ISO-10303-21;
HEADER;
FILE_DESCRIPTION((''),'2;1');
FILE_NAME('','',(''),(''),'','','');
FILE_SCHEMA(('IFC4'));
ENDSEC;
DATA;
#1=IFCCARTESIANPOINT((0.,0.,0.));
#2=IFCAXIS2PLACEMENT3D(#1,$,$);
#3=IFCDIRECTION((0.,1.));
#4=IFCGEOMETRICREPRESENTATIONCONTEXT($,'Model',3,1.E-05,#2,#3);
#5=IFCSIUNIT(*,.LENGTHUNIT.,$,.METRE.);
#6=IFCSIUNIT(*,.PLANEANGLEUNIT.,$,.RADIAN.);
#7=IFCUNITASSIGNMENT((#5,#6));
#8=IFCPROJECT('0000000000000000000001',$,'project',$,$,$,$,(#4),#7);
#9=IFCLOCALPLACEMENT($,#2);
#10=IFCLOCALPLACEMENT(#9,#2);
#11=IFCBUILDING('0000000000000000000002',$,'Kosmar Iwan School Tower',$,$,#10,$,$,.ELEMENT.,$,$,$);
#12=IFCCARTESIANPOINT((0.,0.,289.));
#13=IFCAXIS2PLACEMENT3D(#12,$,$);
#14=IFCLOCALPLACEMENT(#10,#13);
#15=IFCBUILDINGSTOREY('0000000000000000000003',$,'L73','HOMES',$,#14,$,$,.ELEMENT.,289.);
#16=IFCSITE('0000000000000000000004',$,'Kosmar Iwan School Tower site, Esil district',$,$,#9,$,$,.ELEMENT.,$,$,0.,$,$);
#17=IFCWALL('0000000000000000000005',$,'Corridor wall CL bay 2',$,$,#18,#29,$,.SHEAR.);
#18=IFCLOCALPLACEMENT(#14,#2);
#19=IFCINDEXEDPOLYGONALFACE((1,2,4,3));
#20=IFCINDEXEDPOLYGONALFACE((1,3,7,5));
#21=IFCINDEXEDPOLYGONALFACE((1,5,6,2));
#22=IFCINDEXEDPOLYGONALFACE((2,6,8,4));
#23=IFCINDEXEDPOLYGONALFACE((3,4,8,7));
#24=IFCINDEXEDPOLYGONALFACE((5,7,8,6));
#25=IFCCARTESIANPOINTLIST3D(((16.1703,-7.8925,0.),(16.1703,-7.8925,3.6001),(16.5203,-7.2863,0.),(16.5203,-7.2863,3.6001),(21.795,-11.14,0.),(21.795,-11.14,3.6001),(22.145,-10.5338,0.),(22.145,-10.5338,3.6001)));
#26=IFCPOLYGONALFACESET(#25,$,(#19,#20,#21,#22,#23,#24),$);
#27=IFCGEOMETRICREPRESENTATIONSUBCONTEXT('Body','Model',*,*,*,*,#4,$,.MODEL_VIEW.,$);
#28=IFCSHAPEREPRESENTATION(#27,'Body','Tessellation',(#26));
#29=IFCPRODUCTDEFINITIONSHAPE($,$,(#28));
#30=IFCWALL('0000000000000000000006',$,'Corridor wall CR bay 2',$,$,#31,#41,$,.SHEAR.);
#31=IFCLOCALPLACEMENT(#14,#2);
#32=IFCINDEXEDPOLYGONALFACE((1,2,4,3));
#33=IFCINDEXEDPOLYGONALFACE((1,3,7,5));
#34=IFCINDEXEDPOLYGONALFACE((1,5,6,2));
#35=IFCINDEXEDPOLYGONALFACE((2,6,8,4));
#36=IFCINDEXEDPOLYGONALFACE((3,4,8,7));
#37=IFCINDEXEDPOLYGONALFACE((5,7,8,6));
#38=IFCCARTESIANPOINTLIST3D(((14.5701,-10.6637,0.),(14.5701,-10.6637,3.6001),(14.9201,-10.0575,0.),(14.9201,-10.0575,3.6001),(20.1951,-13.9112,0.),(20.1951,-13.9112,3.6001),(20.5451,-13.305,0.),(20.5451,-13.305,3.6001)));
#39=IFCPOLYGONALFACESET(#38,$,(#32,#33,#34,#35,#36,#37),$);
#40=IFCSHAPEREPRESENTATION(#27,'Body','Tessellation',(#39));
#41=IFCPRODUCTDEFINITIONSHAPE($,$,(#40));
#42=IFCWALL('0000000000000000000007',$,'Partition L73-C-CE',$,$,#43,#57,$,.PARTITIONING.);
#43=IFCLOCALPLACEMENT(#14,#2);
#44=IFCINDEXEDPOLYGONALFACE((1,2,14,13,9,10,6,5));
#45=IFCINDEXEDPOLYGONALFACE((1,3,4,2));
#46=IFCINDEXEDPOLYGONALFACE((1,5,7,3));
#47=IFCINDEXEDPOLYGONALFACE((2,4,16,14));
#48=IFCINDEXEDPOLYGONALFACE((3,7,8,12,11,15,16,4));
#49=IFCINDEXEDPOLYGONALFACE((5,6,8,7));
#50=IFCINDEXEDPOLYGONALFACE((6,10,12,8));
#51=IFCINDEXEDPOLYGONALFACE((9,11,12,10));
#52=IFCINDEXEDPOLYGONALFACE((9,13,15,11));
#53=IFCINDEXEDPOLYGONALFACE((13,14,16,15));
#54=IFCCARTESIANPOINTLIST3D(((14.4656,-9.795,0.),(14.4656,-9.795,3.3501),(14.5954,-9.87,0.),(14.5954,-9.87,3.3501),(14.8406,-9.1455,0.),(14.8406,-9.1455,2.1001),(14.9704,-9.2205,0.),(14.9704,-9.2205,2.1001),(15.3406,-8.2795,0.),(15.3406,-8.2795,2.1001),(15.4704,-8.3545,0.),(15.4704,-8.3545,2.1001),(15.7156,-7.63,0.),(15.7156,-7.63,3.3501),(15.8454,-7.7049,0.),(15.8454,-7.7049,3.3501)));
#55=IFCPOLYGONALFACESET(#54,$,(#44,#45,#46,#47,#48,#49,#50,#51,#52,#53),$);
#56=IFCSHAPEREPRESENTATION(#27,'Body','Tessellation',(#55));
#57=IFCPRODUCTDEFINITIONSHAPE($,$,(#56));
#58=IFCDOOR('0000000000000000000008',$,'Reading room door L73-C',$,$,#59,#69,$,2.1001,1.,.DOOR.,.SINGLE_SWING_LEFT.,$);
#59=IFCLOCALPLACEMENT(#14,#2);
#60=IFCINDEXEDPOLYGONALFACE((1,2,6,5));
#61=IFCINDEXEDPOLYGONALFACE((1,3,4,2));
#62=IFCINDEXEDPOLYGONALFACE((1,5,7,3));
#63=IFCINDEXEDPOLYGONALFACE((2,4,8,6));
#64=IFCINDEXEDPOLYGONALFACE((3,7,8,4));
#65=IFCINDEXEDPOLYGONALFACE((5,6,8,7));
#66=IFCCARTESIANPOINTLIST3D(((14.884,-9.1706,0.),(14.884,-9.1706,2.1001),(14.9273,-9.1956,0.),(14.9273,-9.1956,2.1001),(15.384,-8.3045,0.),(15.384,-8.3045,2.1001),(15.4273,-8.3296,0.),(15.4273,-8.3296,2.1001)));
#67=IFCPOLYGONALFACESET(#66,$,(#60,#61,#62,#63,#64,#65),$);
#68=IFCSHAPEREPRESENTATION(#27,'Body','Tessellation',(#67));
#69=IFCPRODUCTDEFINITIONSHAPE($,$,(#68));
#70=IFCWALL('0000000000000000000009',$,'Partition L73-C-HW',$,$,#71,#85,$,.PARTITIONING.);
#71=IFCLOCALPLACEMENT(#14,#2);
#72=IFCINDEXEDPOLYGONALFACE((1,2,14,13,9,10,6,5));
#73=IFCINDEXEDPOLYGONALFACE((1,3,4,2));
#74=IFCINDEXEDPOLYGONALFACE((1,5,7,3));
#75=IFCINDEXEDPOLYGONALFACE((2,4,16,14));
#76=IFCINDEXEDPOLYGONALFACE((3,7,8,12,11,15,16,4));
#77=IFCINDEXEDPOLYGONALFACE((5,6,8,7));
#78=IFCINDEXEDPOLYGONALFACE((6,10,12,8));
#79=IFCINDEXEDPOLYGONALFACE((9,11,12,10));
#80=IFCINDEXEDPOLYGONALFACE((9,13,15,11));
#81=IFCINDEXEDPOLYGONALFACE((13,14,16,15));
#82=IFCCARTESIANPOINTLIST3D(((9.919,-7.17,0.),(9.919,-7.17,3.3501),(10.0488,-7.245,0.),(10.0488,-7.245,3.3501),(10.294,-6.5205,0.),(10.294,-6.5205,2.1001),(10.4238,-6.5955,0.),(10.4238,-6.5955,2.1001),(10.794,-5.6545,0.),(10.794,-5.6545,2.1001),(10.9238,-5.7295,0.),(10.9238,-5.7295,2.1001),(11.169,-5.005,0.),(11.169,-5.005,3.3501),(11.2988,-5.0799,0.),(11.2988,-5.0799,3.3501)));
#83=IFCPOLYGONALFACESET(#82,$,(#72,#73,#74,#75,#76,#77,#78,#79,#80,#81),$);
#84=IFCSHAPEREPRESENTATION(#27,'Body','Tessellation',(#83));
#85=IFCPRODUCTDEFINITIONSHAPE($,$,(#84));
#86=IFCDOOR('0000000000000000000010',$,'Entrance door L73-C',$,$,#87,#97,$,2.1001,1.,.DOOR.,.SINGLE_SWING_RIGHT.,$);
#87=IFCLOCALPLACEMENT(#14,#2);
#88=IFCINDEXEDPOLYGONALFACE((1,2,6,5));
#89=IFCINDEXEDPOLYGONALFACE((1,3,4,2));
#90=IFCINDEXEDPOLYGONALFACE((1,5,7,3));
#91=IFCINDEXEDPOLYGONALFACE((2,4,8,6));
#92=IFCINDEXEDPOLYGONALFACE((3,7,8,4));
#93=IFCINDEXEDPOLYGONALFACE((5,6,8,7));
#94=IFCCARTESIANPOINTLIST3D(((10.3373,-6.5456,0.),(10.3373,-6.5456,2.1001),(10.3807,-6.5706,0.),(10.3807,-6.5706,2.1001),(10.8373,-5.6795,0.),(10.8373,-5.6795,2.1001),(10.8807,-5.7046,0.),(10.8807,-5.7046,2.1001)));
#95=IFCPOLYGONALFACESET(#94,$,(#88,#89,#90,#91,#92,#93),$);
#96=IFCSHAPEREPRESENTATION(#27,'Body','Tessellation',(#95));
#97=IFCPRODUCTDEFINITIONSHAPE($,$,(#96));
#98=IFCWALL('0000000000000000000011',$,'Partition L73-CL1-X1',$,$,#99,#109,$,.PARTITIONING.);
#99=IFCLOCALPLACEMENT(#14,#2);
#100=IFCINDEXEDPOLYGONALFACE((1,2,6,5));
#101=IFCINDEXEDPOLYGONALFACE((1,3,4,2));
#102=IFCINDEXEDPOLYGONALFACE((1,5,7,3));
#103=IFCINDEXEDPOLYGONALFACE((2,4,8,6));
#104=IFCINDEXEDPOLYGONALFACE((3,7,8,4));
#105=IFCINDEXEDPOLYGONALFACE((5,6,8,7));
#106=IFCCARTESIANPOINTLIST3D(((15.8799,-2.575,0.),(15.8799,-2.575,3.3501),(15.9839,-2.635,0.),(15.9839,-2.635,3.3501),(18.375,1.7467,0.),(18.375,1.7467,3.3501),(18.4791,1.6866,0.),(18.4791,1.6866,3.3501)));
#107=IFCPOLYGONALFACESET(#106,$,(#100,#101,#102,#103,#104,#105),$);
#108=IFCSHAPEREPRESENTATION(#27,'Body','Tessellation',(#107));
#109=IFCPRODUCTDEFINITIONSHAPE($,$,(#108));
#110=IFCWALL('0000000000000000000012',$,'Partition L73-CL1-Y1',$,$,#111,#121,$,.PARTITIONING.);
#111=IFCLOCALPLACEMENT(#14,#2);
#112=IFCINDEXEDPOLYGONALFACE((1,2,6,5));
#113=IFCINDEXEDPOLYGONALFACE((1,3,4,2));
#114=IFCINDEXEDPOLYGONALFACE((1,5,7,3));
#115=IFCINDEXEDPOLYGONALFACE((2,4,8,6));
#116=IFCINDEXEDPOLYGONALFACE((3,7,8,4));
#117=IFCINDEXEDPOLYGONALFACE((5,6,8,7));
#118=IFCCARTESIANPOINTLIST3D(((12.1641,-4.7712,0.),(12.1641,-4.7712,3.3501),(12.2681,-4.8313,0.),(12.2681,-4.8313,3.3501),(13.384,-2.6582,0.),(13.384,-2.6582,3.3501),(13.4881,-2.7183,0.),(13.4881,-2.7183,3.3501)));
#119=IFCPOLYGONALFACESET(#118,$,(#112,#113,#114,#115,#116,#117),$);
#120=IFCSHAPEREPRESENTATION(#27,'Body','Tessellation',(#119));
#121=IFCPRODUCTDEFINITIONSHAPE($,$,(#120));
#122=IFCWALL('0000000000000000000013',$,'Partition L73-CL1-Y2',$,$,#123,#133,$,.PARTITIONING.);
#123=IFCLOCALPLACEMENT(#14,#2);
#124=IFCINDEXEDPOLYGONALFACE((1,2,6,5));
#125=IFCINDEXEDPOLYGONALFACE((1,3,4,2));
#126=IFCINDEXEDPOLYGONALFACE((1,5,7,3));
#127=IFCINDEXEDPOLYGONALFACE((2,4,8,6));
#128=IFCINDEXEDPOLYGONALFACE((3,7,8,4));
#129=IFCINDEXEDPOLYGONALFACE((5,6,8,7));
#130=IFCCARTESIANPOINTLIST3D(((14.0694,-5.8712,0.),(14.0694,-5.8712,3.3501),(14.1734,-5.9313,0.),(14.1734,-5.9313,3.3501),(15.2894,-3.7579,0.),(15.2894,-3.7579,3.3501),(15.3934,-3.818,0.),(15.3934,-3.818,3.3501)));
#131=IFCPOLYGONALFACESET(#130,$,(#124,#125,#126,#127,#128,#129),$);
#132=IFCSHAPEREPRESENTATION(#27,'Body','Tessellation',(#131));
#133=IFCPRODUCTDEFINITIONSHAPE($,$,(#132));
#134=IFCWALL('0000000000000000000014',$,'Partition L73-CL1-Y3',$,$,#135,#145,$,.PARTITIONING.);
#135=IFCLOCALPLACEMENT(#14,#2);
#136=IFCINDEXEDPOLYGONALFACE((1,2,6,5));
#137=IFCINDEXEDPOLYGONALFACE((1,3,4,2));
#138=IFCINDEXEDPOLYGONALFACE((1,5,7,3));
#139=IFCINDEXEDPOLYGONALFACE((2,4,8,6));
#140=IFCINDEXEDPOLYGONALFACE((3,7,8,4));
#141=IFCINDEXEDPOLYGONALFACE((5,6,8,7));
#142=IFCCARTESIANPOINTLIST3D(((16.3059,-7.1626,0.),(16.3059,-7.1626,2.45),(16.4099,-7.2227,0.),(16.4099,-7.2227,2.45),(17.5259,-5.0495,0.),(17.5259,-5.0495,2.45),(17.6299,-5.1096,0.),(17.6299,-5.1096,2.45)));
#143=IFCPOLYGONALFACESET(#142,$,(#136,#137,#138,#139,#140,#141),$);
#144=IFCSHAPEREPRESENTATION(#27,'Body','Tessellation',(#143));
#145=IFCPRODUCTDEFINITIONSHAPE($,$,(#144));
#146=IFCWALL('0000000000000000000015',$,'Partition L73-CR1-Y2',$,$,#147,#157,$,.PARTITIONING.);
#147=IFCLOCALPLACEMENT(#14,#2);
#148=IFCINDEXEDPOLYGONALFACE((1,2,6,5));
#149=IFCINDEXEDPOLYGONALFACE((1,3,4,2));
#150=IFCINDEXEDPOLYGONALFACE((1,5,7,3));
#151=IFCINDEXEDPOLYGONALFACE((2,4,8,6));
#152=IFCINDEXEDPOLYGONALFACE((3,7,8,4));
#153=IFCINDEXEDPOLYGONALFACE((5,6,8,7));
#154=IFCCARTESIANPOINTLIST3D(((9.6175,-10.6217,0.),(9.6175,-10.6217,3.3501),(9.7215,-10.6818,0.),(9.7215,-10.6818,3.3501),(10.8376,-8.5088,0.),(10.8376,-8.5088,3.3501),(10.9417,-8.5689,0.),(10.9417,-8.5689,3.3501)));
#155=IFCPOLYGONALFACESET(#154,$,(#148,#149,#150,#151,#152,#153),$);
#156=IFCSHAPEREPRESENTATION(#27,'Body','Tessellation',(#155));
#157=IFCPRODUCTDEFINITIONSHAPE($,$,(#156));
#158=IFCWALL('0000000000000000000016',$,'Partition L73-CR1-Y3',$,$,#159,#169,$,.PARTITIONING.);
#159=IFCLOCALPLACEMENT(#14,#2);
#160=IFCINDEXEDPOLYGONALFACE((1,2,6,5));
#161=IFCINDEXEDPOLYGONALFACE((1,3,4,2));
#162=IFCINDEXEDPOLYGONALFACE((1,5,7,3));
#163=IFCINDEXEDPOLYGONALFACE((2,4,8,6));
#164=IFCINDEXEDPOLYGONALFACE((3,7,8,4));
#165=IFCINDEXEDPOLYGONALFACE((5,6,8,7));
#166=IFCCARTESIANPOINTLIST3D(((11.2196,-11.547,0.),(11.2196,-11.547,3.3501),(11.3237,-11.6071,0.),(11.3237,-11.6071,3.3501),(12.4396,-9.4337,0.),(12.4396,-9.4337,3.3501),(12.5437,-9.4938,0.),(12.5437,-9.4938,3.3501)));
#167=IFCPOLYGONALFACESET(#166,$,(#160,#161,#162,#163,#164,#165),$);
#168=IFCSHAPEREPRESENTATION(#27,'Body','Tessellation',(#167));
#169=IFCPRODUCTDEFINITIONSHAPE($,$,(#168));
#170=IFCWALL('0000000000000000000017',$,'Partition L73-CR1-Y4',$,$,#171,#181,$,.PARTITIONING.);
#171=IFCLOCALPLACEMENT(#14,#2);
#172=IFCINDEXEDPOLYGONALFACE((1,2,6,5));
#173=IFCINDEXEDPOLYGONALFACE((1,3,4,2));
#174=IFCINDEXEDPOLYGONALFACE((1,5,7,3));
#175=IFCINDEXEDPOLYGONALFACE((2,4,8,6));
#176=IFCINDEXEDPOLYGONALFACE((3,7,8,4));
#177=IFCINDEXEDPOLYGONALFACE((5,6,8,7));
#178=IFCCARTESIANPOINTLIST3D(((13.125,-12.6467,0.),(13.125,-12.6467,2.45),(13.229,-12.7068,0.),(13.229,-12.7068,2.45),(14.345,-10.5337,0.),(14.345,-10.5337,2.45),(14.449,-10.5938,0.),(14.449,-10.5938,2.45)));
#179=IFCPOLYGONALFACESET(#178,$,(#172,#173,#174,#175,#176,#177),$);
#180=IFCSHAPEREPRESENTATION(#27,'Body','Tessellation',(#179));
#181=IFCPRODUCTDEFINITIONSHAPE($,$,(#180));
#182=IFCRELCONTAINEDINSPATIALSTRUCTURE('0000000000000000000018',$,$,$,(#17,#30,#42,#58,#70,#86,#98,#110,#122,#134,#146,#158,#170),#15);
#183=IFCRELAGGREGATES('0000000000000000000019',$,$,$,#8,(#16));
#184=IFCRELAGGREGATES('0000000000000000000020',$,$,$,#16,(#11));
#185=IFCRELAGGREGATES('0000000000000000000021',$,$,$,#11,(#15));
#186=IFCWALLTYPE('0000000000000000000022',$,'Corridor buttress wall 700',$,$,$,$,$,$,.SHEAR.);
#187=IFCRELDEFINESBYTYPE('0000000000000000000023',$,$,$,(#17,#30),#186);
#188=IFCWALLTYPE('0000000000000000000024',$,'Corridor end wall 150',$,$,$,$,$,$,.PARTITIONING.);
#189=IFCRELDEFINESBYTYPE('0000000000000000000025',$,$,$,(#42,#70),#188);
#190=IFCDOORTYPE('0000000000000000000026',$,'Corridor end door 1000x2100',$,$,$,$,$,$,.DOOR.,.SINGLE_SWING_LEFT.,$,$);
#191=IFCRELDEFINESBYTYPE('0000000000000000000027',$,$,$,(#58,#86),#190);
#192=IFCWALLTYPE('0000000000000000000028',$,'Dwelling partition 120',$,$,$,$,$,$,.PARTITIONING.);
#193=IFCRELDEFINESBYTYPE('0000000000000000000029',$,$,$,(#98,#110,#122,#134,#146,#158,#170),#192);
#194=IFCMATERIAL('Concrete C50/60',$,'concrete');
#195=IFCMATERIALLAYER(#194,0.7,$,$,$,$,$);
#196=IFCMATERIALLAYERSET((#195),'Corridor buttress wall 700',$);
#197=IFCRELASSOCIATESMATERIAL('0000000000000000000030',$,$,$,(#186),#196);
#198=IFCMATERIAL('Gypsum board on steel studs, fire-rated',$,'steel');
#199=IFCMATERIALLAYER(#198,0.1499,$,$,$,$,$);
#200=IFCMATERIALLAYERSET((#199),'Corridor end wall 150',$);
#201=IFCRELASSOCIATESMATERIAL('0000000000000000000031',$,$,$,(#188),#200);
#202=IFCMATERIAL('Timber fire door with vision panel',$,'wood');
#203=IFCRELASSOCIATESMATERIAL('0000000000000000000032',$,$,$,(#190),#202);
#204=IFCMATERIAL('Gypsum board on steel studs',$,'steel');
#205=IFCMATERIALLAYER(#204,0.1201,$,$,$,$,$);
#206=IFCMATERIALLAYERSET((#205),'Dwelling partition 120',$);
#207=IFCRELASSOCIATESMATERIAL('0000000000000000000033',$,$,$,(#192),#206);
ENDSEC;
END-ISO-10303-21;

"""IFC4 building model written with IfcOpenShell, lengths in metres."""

from ifc_helpers import new_model, si_unit, direction, frame, frame_2d, origin, place, context, subcontext, project, spatial, rectangle, extrude, material, layer, layer_set, type_object, element, fill, save


model = new_model("IFC4")

# Units and contexts
model_context = context("Model", 3, precision=1e-05, world=origin(), true_north=direction((0.0, 1.0)))
body_context = subcontext(model_context, "Body", "Model", "MODEL_VIEW")
ifc_project = project(units=[si_unit("LENGTHUNIT", "METRE"), si_unit("PLANEANGLEUNIT", "RADIAN")], contexts=[model_context])

# Site, building, storey
site_placement = place(None, origin())
site = spatial("IfcSite", under=ifc_project, at=site_placement, Name="Kosmar Iwan School Tower site, Esil district", CompositionType="ELEMENT", RefElevation=0.0)
building_placement = place(site_placement, origin())
building = spatial("IfcBuilding", under=site, at=building_placement, Name="Kosmar Iwan School Tower", CompositionType="ELEMENT")
storey_placement = place(building_placement, frame((0.0, 0.0, 289.0)))
storey = spatial("IfcBuildingStorey", under=building, at=storey_placement, Name="L73", Description="HOMES", CompositionType="ELEMENT", Elevation=289.0)

# Walls
ifc_material_1 = material(Name="Concrete C50/60", Category="concrete")
ifc_layer_1 = layer(ifc_material_1, 0.7)
ifc_layer_set_1 = layer_set([ifc_layer_1], Name="Corridor buttress wall 700")
wall_type_1 = type_object("IfcWallType", Name="Corridor buttress wall 700", PredefinedType="SHEAR", material=ifc_layer_set_1)
wall_1_placement = place(storey_placement, frame((16.3452, -7.5894, 0.0), z_axis=(0.0, 0.0, 1.0), x_axis=(0.866018, -0.500012, 0.0)))
element("IfcWall", 1, at=wall_1_placement, inside=storey, type_object=wall_type_1, Name="Corridor wall CL bay 2", PredefinedType="SHEAR", context=body_context, shape_type="SweptSolid", body=[
    extrude(rectangle(XDim=6.4949, YDim=0.7, at=frame_2d((3.2476, 0.0))), origin(), (0.0, 0.0, 1.0), 3.6001),
])
wall_2_placement = place(storey_placement, frame((14.7451, -10.3606, 0.0), z_axis=(0.0, 0.0, 1.0), x_axis=(0.866028, -0.499996, 0.0)))
element("IfcWall", 2, at=wall_2_placement, inside=storey, type_object=wall_type_1, Name="Corridor wall CR bay 2", PredefinedType="SHEAR", context=body_context, shape_type="SweptSolid", body=[
    extrude(rectangle(XDim=6.4951, YDim=0.7, at=frame_2d((3.2476, 0.0))), origin(), (0.0, 0.0, 1.0), 3.6001),
])

# Walls, openings, doors
ifc_material_2 = material(Name="Gypsum board on steel studs, fire-rated", Category="steel")
ifc_layer_2 = layer(ifc_material_2, 0.1499)
ifc_layer_set_2 = layer_set([ifc_layer_2], Name="Corridor end wall 150")
wall_type_2 = type_object("IfcWallType", Name="Corridor end wall 150", PredefinedType="PARTITIONING", material=ifc_layer_set_2)
wall_3_placement = place(storey_placement, frame((14.5305, -9.8325, 0.0), z_axis=(0.0, 0.0, 1.0), x_axis=(0.500004, 0.866023, 0.0)))
wall_3 = element("IfcWall", 3, at=wall_3_placement, inside=storey, type_object=wall_type_2, Name="Partition L73-C-CE", PredefinedType="PARTITIONING", context=body_context, shape_type="SweptSolid", body=[
    extrude(rectangle(XDim=2.5, YDim=0.1499, at=frame_2d((1.25, 0.0))), origin(), (0.0, 0.0, 1.0), 3.3501),
])
opening_1_placement = place(wall_3_placement, frame((0.75, 0.0, 0.0)))
opening_1 = element("IfcOpeningElement", 4, at=opening_1_placement, cuts=wall_3, PredefinedType="OPENING", context=body_context, shape_type="SweptSolid", body=[
    extrude(rectangle(XDim=1.0, YDim=2.1001, at=frame_2d((0.5, 1.05))), frame((0.0, 0.0869, 0.0), z_axis=(0.0, -1.0, 0.0), x_axis=(1.0, 0.0, 0.0)), (0.0, 0.0, 1.0), 0.1738),
])
ifc_material_3 = material(Name="Timber fire door with vision panel", Category="wood")
door_type = type_object("IfcDoorType", Name="Corridor end door 1000x2100", OperationType="SINGLE_SWING_LEFT", PredefinedType="DOOR", material=ifc_material_3)
door_1_placement = place(opening_1_placement, origin())
door_1 = element("IfcDoor", 5, at=door_1_placement, inside=storey, type_object=door_type, Name="Reading room door L73-C", OperationType="SINGLE_SWING_LEFT", OverallHeight=2.1001, OverallWidth=1.0, PredefinedType="DOOR", context=body_context, shape_type="SweptSolid", body=[
    extrude(rectangle(XDim=1.0, YDim=2.1001, at=frame_2d((0.5, 1.05))), frame((0.0, 0.0249, 0.0), z_axis=(0.0, -1.0, 0.0), x_axis=(1.0, 0.0, 0.0)), (0.0, 0.0, 1.0), 0.05),
])
fill(opening_1, door_1)
wall_4_placement = place(storey_placement, frame((9.9839, -7.2075, 0.0), z_axis=(0.0, 0.0, 1.0), x_axis=(0.500004, 0.866023, 0.0)))
wall_4 = element("IfcWall", 6, at=wall_4_placement, inside=storey, type_object=wall_type_2, Name="Partition L73-C-HW", PredefinedType="PARTITIONING", context=body_context, shape_type="SweptSolid", body=[
    extrude(rectangle(XDim=2.5, YDim=0.1499, at=frame_2d((1.25, 0.0))), origin(), (0.0, 0.0, 1.0), 3.3501),
])
opening_2_placement = place(wall_4_placement, frame((0.75, 0.0, 0.0)))
opening_2 = element("IfcOpeningElement", 7, at=opening_2_placement, cuts=wall_4, PredefinedType="OPENING", context=body_context, shape_type="SweptSolid", body=[
    extrude(rectangle(XDim=1.0, YDim=2.1001, at=frame_2d((0.5, 1.05))), frame((0.0, 0.0869, 0.0), z_axis=(0.0, -1.0, 0.0), x_axis=(1.0, 0.0, 0.0)), (0.0, 0.0, 1.0), 0.1738),
])
door_2_placement = place(opening_2_placement, origin())
door_2 = element("IfcDoor", 8, at=door_2_placement, inside=storey, type_object=door_type, Name="Entrance door L73-C", OperationType="SINGLE_SWING_RIGHT", OverallHeight=2.1001, OverallWidth=1.0, PredefinedType="DOOR", context=body_context, shape_type="SweptSolid", body=[
    extrude(rectangle(XDim=1.0, YDim=2.1001, at=frame_2d((0.5, 1.05))), frame((0.0, 0.0249, 0.0), z_axis=(0.0, -1.0, 0.0), x_axis=(1.0, 0.0, 0.0)), (0.0, 0.0, 1.0), 0.05),
])
fill(opening_2, door_2)

# Walls
ifc_material_4 = material(Name="Gypsum board on steel studs", Category="steel")
ifc_layer_3 = layer(ifc_material_4, 0.1201)
ifc_layer_set_3 = layer_set([ifc_layer_3], Name="Dwelling partition 120")
wall_type_3 = type_object("IfcWallType", Name="Dwelling partition 120", PredefinedType="PARTITIONING", material=ifc_layer_set_3)
wall_5_placement = place(storey_placement, frame((15.9319, -2.605, 0.0), z_axis=(0.0, 0.0, 1.0), x_axis=(0.500012, 0.866019, 0.0)))
element("IfcWall", 9, at=wall_5_placement, inside=storey, type_object=wall_type_3, Name="Partition L73-CL1-X1", PredefinedType="PARTITIONING", context=body_context, shape_type="SweptSolid", body=[
    extrude(rectangle(XDim=4.9902, YDim=0.1201, at=frame_2d((2.4951, 0.0))), origin(), (0.0, 0.0, 1.0), 3.3501),
])
wall_6_placement = place(storey_placement, frame((12.2161, -4.8013, 0.0), z_axis=(0.0, 0.0, 1.0), x_axis=(0.500003, 0.866024, 0.0)))
element("IfcWall", 10, at=wall_6_placement, inside=storey, type_object=wall_type_3, Name="Partition L73-CL1-Y1", PredefinedType="PARTITIONING", context=body_context, shape_type="SweptSolid", body=[
    extrude(rectangle(XDim=2.4399, YDim=0.1201, at=frame_2d((1.22, 0.0))), origin(), (0.0, 0.0, 1.0), 3.3501),
])
wall_7_placement = place(storey_placement, frame((14.1213, -5.9014, 0.0), z_axis=(0.0, 0.0, 1.0), x_axis=(0.499959, 0.866049, 0.0)))
element("IfcWall", 11, at=wall_7_placement, inside=storey, type_object=wall_type_3, Name="Partition L73-CL1-Y2", PredefinedType="PARTITIONING", context=body_context, shape_type="SweptSolid", body=[
    extrude(rectangle(XDim=2.4402, YDim=0.1201, at=frame_2d((1.2202, 0.0))), origin(), (0.0, 0.0, 1.0), 3.3501),
])
wall_8_placement = place(storey_placement, frame((16.3579, -7.1926, 0.0), z_axis=(0.0, 0.0, 1.0), x_axis=(0.500003, 0.866024, 0.0)))
element("IfcWall", 12, at=wall_8_placement, inside=storey, type_object=wall_type_3, Name="Partition L73-CL1-Y3", PredefinedType="PARTITIONING", context=body_context, shape_type="SweptSolid", body=[
    extrude(rectangle(XDim=2.4399, YDim=0.1201, at=frame_2d((1.22, 0.0))), origin(), (0.0, 0.0, 1.0), 2.45),
])
wall_9_placement = place(storey_placement, frame((10.8896, -8.5388, 0.0), z_axis=(0.0, 0.0, 1.0), x_axis=(-0.500078, -0.865981, 0.0)))
element("IfcWall", 13, at=wall_9_placement, inside=storey, type_object=wall_type_3, Name="Partition L73-CR1-Y2", PredefinedType="PARTITIONING", context=body_context, shape_type="SweptSolid", body=[
    extrude(rectangle(XDim=2.4399, YDim=0.1201, at=frame_2d((1.22, 0.0))), origin(), (0.0, 0.0, 1.0), 3.3501),
])
wall_10_placement = place(storey_placement, frame((12.4917, -9.4636, 0.0), z_axis=(0.0, 0.0, 1.0), x_axis=(-0.499959, -0.866049, 0.0)))
element("IfcWall", 14, at=wall_10_placement, inside=storey, type_object=wall_type_3, Name="Partition L73-CR1-Y3", PredefinedType="PARTITIONING", context=body_context, shape_type="SweptSolid", body=[
    extrude(rectangle(XDim=2.4402, YDim=0.1201, at=frame_2d((1.2202, 0.0))), origin(), (0.0, 0.0, 1.0), 3.3501),
])
wall_11_placement = place(storey_placement, frame((14.397, -10.5637, 0.0), z_axis=(0.0, 0.0, 1.0), x_axis=(-0.500003, -0.866024, 0.0)))
element("IfcWall", 15, at=wall_11_placement, inside=storey, type_object=wall_type_3, Name="Partition L73-CR1-Y4", PredefinedType="PARTITIONING", context=body_context, shape_type="SweptSolid", body=[
    extrude(rectangle(XDim=2.4399, YDim=0.1201, at=frame_2d((1.22, 0.0))), origin(), (0.0, 0.0, 1.0), 2.45),
])

save(model, "model.ifc")
